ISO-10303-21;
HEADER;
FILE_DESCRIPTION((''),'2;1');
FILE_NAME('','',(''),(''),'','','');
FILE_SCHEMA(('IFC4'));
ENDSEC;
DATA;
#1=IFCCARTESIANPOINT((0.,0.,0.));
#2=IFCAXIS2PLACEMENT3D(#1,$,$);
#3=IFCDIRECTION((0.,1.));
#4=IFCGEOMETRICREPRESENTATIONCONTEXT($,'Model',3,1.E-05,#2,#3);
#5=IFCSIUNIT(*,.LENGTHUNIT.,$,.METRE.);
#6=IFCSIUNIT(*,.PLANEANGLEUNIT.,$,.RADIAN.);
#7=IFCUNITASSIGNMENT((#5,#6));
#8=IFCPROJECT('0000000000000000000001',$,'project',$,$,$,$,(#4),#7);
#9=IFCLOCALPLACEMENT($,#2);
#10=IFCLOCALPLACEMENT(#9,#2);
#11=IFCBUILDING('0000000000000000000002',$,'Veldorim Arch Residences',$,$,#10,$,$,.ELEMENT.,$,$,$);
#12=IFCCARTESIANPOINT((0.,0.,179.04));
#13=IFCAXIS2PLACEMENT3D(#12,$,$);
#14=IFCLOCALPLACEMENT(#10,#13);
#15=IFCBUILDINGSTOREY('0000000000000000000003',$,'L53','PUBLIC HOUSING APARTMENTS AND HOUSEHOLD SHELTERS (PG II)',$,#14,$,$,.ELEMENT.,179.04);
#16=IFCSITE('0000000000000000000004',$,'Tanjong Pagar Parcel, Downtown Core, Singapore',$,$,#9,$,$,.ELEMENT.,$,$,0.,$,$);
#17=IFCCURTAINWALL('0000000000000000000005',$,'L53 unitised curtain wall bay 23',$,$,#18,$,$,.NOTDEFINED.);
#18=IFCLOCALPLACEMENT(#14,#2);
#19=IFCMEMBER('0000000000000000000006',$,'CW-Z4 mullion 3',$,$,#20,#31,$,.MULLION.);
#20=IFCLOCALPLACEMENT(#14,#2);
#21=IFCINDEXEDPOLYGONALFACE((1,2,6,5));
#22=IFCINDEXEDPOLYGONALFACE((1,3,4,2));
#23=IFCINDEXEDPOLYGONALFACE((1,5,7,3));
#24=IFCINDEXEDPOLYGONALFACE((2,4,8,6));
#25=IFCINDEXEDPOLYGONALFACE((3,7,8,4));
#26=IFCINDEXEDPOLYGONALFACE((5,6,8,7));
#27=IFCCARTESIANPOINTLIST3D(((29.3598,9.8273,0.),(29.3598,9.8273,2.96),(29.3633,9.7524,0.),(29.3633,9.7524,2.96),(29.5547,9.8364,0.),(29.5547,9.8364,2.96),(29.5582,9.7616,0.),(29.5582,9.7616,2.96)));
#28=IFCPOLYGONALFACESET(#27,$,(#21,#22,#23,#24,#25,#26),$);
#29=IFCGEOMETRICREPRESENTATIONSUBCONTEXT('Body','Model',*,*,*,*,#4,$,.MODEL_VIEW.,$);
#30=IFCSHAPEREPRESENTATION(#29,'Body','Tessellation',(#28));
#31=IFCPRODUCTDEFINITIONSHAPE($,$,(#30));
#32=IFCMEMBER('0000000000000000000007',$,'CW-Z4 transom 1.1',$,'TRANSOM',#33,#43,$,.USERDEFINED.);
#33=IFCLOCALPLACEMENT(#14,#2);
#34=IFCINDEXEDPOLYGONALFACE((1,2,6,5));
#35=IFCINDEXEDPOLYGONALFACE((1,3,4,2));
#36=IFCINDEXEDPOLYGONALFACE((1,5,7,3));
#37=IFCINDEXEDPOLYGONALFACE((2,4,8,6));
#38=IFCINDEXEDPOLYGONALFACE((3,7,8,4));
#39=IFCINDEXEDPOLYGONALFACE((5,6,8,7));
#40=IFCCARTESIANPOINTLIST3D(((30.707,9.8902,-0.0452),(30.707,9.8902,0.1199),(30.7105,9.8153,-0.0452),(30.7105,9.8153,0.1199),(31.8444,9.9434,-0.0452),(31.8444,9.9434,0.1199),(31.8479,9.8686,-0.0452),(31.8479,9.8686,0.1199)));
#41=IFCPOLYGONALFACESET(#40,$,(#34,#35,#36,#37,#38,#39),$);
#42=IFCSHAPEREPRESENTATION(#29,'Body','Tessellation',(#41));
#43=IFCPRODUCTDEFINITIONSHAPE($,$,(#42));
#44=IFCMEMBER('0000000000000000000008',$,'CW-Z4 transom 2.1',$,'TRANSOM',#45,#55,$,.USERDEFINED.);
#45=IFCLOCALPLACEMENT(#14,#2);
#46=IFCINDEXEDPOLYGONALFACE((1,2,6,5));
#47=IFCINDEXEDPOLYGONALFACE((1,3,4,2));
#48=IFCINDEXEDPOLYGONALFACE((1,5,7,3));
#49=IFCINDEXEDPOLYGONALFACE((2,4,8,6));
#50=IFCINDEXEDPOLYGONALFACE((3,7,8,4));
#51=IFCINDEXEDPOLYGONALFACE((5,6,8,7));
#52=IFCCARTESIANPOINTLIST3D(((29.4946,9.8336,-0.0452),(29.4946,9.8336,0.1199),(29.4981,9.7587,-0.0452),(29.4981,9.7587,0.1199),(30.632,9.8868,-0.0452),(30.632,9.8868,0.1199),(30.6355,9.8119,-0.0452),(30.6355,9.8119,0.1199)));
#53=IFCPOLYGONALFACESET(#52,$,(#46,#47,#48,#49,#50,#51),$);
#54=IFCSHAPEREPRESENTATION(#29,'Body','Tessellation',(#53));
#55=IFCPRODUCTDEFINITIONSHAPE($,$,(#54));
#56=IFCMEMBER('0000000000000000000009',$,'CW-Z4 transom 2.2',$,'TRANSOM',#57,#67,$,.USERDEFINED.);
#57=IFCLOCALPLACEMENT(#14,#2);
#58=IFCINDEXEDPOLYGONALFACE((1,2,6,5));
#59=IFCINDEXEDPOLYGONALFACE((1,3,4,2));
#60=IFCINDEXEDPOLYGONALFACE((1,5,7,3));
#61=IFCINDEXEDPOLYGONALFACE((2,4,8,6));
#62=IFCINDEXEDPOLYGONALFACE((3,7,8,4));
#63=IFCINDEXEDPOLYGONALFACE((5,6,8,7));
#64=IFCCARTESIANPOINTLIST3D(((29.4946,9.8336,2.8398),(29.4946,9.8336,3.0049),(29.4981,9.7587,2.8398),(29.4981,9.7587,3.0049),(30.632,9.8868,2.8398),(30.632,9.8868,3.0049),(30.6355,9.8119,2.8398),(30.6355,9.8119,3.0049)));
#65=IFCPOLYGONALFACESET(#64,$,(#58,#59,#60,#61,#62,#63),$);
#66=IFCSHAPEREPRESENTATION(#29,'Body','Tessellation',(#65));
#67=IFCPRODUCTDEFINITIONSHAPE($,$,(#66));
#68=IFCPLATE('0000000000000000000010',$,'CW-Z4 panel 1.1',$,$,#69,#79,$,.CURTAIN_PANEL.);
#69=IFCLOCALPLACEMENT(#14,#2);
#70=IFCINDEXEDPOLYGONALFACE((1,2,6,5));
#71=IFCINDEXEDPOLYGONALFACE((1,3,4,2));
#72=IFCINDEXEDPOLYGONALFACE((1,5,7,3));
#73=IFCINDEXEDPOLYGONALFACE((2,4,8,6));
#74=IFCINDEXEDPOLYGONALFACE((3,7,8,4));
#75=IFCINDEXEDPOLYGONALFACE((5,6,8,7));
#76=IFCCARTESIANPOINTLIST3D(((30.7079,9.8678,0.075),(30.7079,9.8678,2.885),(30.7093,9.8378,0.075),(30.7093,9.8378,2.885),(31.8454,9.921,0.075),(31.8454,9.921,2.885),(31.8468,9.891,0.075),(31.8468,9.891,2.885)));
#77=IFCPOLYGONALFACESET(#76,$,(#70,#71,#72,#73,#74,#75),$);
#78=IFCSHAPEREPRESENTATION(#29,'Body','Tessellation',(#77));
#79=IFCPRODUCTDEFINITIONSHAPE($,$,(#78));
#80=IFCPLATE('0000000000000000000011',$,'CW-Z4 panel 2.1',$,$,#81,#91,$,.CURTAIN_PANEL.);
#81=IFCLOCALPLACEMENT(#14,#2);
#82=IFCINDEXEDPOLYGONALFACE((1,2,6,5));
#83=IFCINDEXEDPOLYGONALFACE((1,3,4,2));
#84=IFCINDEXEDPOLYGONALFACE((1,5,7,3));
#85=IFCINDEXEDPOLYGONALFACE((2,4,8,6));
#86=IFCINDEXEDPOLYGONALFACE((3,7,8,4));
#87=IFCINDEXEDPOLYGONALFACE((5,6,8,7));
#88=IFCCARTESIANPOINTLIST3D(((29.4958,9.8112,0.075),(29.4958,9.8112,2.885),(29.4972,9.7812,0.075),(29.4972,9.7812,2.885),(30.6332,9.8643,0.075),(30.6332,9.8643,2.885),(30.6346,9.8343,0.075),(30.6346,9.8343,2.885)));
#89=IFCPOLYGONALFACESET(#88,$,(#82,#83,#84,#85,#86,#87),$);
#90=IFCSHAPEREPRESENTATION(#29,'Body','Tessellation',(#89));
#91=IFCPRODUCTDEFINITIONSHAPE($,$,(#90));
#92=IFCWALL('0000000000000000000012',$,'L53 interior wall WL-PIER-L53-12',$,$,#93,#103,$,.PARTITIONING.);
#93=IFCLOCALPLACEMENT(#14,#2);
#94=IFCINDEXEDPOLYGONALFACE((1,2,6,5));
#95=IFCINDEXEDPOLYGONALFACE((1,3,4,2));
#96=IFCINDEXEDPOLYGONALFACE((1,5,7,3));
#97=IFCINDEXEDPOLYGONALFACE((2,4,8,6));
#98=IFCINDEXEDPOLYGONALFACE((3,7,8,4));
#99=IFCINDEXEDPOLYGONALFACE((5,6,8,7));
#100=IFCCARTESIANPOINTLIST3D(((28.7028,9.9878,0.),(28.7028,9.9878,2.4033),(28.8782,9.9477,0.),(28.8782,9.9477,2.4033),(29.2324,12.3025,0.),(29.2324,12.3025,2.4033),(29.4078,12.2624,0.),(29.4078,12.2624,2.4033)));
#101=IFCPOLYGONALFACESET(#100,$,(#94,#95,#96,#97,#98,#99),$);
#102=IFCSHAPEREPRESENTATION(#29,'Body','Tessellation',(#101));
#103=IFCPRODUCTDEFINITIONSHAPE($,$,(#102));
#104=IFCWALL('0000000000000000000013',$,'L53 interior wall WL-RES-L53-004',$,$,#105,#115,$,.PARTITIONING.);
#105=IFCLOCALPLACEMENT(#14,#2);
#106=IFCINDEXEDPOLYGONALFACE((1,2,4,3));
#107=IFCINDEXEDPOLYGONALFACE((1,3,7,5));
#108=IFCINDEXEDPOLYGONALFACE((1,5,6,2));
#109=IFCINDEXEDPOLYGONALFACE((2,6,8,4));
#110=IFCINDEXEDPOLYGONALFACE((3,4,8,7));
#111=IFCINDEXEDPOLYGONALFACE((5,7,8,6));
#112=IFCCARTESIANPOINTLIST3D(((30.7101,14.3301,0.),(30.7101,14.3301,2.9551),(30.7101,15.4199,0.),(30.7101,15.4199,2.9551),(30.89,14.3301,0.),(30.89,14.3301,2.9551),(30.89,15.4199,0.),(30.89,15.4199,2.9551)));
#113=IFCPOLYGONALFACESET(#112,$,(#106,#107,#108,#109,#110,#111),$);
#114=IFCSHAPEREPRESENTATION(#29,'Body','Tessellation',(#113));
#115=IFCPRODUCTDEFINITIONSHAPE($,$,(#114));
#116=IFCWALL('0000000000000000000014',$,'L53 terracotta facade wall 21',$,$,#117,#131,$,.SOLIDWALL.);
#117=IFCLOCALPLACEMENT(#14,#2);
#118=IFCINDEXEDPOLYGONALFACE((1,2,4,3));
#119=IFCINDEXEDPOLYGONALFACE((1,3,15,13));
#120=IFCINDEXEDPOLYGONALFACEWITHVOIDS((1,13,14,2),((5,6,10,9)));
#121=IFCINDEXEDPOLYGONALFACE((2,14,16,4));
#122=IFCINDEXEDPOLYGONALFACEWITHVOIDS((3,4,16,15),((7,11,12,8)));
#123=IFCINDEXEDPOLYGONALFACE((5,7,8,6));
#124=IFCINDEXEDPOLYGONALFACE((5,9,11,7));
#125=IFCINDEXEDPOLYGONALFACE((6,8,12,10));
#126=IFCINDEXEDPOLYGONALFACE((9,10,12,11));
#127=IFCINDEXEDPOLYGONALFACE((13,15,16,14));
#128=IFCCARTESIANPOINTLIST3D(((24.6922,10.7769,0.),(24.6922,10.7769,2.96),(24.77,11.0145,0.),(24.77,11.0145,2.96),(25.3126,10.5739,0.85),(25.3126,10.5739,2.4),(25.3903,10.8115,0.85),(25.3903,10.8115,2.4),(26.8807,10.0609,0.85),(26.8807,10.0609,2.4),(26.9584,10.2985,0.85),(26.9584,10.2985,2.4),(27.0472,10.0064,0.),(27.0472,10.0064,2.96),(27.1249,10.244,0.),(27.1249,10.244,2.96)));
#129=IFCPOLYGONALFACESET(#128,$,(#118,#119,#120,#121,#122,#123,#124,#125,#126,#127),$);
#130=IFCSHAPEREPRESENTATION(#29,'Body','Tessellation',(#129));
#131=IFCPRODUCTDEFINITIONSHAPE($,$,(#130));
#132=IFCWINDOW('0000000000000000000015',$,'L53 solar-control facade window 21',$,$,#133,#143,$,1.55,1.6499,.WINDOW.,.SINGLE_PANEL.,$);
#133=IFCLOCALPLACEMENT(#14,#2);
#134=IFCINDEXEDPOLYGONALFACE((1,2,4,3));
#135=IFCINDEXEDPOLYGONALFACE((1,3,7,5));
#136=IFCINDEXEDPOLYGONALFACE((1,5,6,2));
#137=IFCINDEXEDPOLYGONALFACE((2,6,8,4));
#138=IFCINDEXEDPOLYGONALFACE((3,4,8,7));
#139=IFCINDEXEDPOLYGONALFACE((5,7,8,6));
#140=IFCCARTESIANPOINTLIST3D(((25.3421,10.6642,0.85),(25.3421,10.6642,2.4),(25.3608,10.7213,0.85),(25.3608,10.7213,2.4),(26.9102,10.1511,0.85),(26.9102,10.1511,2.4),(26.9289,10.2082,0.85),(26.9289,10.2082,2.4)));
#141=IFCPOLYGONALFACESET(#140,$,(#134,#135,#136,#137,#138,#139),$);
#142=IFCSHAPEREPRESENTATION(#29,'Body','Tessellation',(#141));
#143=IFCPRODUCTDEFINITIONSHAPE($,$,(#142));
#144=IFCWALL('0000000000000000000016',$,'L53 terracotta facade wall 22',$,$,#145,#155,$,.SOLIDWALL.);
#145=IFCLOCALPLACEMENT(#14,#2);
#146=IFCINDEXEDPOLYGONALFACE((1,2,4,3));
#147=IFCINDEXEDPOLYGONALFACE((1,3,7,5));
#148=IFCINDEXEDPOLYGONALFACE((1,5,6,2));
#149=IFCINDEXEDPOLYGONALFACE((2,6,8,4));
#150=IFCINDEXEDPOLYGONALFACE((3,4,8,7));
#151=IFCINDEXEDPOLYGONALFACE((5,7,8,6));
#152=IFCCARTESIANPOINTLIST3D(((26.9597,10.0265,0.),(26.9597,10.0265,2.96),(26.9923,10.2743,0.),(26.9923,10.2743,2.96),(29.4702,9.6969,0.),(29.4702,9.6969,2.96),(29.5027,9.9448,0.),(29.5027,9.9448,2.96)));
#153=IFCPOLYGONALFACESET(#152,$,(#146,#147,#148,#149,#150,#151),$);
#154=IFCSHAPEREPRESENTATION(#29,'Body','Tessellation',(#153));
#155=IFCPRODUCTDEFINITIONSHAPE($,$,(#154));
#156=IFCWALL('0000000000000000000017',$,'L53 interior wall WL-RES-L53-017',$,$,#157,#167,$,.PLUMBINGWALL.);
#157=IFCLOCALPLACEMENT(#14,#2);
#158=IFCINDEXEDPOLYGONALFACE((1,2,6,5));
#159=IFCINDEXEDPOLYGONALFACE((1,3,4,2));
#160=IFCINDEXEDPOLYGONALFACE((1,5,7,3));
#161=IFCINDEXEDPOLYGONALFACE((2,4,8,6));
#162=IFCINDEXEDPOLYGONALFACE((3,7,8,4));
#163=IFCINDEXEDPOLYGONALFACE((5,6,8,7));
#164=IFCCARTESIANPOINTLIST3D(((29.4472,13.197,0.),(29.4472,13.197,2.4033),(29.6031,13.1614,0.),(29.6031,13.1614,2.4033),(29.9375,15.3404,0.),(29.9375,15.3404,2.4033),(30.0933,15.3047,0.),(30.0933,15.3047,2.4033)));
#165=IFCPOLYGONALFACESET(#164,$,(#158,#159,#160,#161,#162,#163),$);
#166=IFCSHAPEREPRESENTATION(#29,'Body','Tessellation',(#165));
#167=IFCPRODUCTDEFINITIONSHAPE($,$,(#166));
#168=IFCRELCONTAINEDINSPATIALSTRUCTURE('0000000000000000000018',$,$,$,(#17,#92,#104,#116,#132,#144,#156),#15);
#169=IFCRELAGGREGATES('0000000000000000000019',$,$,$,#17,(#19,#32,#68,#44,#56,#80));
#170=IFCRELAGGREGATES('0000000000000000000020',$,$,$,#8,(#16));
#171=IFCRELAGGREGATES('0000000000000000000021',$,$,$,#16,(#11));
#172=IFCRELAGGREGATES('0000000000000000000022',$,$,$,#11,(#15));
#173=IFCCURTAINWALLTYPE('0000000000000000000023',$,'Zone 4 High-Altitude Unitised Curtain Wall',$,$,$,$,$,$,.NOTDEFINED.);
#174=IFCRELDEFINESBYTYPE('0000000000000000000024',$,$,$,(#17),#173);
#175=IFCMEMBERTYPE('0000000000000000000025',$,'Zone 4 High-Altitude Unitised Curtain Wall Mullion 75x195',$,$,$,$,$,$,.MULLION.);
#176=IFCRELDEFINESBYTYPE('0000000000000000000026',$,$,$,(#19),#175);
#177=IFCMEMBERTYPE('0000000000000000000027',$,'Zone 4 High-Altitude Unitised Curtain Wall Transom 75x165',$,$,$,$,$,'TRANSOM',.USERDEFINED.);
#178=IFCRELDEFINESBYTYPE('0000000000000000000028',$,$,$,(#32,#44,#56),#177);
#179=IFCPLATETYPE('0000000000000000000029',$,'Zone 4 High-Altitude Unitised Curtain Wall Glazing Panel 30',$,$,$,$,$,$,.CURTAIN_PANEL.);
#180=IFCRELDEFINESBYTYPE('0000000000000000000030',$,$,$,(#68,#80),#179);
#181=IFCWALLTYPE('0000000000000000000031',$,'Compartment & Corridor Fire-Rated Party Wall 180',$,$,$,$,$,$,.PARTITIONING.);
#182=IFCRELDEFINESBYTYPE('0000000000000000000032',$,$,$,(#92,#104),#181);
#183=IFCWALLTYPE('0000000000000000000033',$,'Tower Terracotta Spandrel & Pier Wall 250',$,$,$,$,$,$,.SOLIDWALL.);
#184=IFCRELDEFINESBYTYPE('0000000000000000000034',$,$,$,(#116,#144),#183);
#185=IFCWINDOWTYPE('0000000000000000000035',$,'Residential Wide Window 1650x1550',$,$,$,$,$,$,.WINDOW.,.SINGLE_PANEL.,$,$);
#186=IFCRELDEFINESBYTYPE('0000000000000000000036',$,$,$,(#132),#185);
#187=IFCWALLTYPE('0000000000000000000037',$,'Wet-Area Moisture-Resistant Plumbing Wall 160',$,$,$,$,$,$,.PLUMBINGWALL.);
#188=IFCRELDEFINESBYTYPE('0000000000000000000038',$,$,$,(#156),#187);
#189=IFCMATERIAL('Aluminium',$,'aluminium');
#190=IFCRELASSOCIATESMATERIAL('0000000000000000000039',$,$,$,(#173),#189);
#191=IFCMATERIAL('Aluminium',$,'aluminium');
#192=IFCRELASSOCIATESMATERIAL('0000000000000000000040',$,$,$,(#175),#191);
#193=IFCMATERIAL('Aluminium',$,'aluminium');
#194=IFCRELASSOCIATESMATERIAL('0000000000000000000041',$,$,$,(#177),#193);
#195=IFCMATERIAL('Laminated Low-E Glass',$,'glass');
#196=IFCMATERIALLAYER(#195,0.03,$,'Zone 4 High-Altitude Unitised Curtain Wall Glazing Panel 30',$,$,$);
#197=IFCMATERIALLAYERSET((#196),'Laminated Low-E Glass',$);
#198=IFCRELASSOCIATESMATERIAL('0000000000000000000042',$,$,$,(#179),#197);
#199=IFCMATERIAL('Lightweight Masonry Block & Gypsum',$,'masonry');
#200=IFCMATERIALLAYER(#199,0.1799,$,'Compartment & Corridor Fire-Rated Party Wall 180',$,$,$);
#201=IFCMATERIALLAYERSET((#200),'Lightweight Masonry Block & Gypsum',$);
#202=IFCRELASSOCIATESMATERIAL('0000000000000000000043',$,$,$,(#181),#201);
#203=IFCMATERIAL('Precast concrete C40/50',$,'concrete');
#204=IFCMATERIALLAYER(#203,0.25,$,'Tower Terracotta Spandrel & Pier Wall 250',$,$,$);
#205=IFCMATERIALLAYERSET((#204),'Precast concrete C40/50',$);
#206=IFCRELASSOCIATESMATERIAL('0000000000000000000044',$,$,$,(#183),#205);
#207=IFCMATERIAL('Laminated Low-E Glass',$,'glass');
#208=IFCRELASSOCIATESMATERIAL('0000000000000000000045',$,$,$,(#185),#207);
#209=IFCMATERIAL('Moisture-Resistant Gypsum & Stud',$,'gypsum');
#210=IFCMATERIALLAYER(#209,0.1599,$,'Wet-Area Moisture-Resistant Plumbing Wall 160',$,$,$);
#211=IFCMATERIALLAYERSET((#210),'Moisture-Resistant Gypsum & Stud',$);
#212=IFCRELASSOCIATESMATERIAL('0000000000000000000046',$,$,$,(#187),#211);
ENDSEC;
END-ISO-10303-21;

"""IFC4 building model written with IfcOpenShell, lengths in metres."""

from ifc_helpers import new_model, si_unit, direction, frame, frame_2d, origin, origin_2d, place, context, subcontext, project, spatial, rectangle, extrude, material, layer, layer_set, material_profile, profile_set, type_object, element, fill, aggregate, save


model = new_model("IFC4")

# Units and contexts
model_context = context("Model", 3, precision=1e-05, world=origin(), true_north=direction((0.0, 1.0)))
body_context = subcontext(model_context, "Body", "Model", "MODEL_VIEW")
ifc_project = project(units=[si_unit("LENGTHUNIT", "METRE"), si_unit("PLANEANGLEUNIT", "RADIAN")], contexts=[model_context])

# Site, building, storey
site_placement = place(None, origin())
site = spatial("IfcSite", under=ifc_project, at=site_placement, Name="Tanjong Pagar Parcel, Downtown Core, Singapore", CompositionType="ELEMENT", RefElevation=0.0)
building_placement = place(site_placement, origin())
building = spatial("IfcBuilding", under=site, at=building_placement, Name="Veldorim Arch Residences", CompositionType="ELEMENT")
storey_placement = place(building_placement, frame((0.0, 0.0, 179.04)))
storey = spatial("IfcBuildingStorey", under=building, at=storey_placement, Name="L53", Description="PUBLIC HOUSING APARTMENTS AND HOUSEHOLD SHELTERS (PG II)", CompositionType="ELEMENT", Elevation=179.04)

# Shared definitions
ifc_material_1 = material(Name="Aluminium", Category="aluminium")
curtain_wall_type = type_object("IfcCurtainWallType", Name="Zone 4 High-Altitude Unitised Curtain Wall", PredefinedType="NOTDEFINED", material=ifc_material_1)
ifc_material_2 = material(Name="Aluminium", Category="aluminium")
ifc_material_profile_1 = material_profile(ifc_material_2, rectangle(XDim=0.075, YDim=0.1951, at=origin_2d()), Name="ALU_MUL_75x195")
ifc_profile_set_1 = profile_set([ifc_material_profile_1], Name="Aluminium")
member_type_1 = type_object("IfcMemberType", Name="Zone 4 High-Altitude Unitised Curtain Wall Mullion 75x195", PredefinedType="MULLION", material=ifc_profile_set_1)

# Curtain wall, members, plates
curtain_wall_1_placement = place(storey_placement, origin())
curtain_wall_1 = element("IfcCurtainWall", 1, at=curtain_wall_1_placement, inside=storey, type_object=curtain_wall_type, Name="L53 unitised curtain wall bay 23", PredefinedType="NOTDEFINED")
member_1_placement = place(storey_placement, frame((29.459, 9.7944, 0.0), z_axis=(0.0, 0.0, 1.0), x_axis=(0.046678, -0.99891, 0.0)))
member_1 = element("IfcMember", 2, at=member_1_placement, type_object=member_type_1, Name="CW-Z4 mullion 3", PredefinedType="MULLION", context=body_context, shape_type="SweptSolid", body=[
    extrude(rectangle(XDim=0.075, YDim=0.1951, at=origin_2d()), origin(), (0.0, 0.0, 1.0), 2.96),
])
ifc_material_3 = material(Name="Aluminium", Category="aluminium")
ifc_material_profile_2 = material_profile(ifc_material_3, rectangle(XDim=0.075, YDim=0.165, at=origin_2d()), Name="ALU_TRN_75x165")
ifc_profile_set_2 = profile_set([ifc_material_profile_2], Name="Aluminium")
member_type_2 = type_object("IfcMemberType", Name="Zone 4 High-Altitude Unitised Curtain Wall Transom 75x165", ElementType="TRANSOM", PredefinedType="USERDEFINED", material=ifc_profile_set_2)
member_2_placement = place(storey_placement, frame((31.8462, 9.906, 0.0374), z_axis=(-0.998907, -0.04674, 0.0), x_axis=(0.04674, -0.998907, 0.0)))
member_2 = element("IfcMember", 3, at=member_2_placement, type_object=member_type_2, Name="CW-Z4 transom 1.1", ObjectType="TRANSOM", PredefinedType="USERDEFINED", context=body_context, shape_type="SweptSolid", body=[
    extrude(rectangle(XDim=0.075, YDim=0.165, at=origin_2d()), origin(), (0.0, 0.0, 1.0), 1.1387),
])
member_3_placement = place(storey_placement, frame((30.6338, 9.8494, 0.0374), z_axis=(-0.998907, -0.04674, 0.0), x_axis=(0.04674, -0.998907, 0.0)))
member_3 = element("IfcMember", 4, at=member_3_placement, type_object=member_type_2, Name="CW-Z4 transom 2.1", ObjectType="TRANSOM", PredefinedType="USERDEFINED", context=body_context, shape_type="SweptSolid", body=[
    extrude(rectangle(XDim=0.075, YDim=0.165, at=origin_2d()), origin(), (0.0, 0.0, 1.0), 1.1387),
])
member_4_placement = place(storey_placement, frame((30.6338, 9.8494, 2.9224), z_axis=(-0.998907, -0.04674, 0.0), x_axis=(0.04674, -0.998907, 0.0)))
member_4 = element("IfcMember", 5, at=member_4_placement, type_object=member_type_2, Name="CW-Z4 transom 2.2", ObjectType="TRANSOM", PredefinedType="USERDEFINED", context=body_context, shape_type="SweptSolid", body=[
    extrude(rectangle(XDim=0.075, YDim=0.165, at=origin_2d()), origin(), (0.0, 0.0, 1.0), 1.1387),
])
ifc_material_4 = material(Name="Laminated Low-E Glass", Category="glass")
ifc_layer_1 = layer(ifc_material_4, 0.03, Name="Zone 4 High-Altitude Unitised Curtain Wall Glazing Panel 30")
ifc_layer_set_1 = layer_set([ifc_layer_1], Name="Laminated Low-E Glass")
plate_type = type_object("IfcPlateType", Name="Zone 4 High-Altitude Unitised Curtain Wall Glazing Panel 30", PredefinedType="CURTAIN_PANEL", material=ifc_layer_set_1)
plate_1_placement = place(storey_placement, frame((31.2773, 9.8794, 0.075), z_axis=(0.0, 0.0, 1.0), x_axis=(-0.99891, -0.046678, 0.0)))
plate_1 = element("IfcPlate", 6, at=plate_1_placement, type_object=plate_type, Name="CW-Z4 panel 1.1", PredefinedType="CURTAIN_PANEL", context=body_context, shape_type="SweptSolid", body=[
    extrude(rectangle(XDim=1.1387, YDim=0.03, at=origin_2d()), origin(), (0.0, 0.0, 1.0), 2.8101),
])
plate_2_placement = place(storey_placement, frame((30.0652, 9.8228, 0.075), z_axis=(0.0, 0.0, 1.0), x_axis=(-0.99891, -0.046678, 0.0)))
plate_2 = element("IfcPlate", 7, at=plate_2_placement, type_object=plate_type, Name="CW-Z4 panel 2.1", PredefinedType="CURTAIN_PANEL", context=body_context, shape_type="SweptSolid", body=[
    extrude(rectangle(XDim=1.1387, YDim=0.03, at=origin_2d()), origin(), (0.0, 0.0, 1.0), 2.8101),
])
aggregate(curtain_wall_1, [member_1, member_2, plate_1, member_3, member_4, plate_2])

# Walls
ifc_material_5 = material(Name="Lightweight Masonry Block & Gypsum", Category="masonry")
ifc_layer_2 = layer(ifc_material_5, 0.1799, Name="Compartment & Corridor Fire-Rated Party Wall 180")
ifc_layer_set_2 = layer_set([ifc_layer_2], Name="Lightweight Masonry Block & Gypsum")
wall_type_1 = type_object("IfcWallType", Name="Compartment & Corridor Fire-Rated Party Wall 180", PredefinedType="PARTITIONING", material=ifc_layer_set_2)
wall_1_placement = place(storey_placement, frame((29.3201, 12.2825, 0.0), z_axis=(0.0, 0.0, 1.0), x_axis=(-0.223012, -0.974816, 0.0)))
element("IfcWall", 8, at=wall_1_placement, inside=storey, type_object=wall_type_1, Name="L53 interior wall WL-PIER-L53-12", PredefinedType="PARTITIONING", context=body_context, shape_type="SweptSolid", body=[
    extrude(rectangle(XDim=2.3745, YDim=0.1799, at=frame_2d((1.1873, 0.0))), origin(), (0.0, 0.0, 1.0), 2.4033),
])
wall_2_placement = place(storey_placement, frame((30.8, 14.3301, 0.0), z_axis=(0.0, 0.0, 1.0), x_axis=(0.0, 1.0, 0.0)))
element("IfcWall", 9, at=wall_2_placement, inside=storey, type_object=wall_type_1, Name="L53 interior wall WL-RES-L53-004", PredefinedType="PARTITIONING", context=body_context, shape_type="SweptSolid", body=[
    extrude(rectangle(XDim=1.0898, YDim=0.1799, at=frame_2d((0.5449, 0.0))), origin(), (0.0, 0.0, 1.0), 2.9551),
])

# Wall, opening, window
ifc_material_6 = material(Name="Precast concrete C40/50", Category="concrete")
ifc_layer_3 = layer(ifc_material_6, 0.25, Name="Tower Terracotta Spandrel & Pier Wall 250")
ifc_layer_set_3 = layer_set([ifc_layer_3], Name="Precast concrete C40/50")
wall_type_2 = type_object("IfcWallType", Name="Tower Terracotta Spandrel & Pier Wall 250", PredefinedType="SOLIDWALL", material=ifc_layer_set_3)
wall_3_placement = place(storey_placement, frame((27.0859, 10.1252, 0.0), z_axis=(0.0, 0.0, 1.0), x_axis=(-0.950423, 0.310961, 0.0)))
wall_3 = element("IfcWall", 10, at=wall_3_placement, inside=storey, type_object=wall_type_2, Name="L53 terracotta facade wall 21", PredefinedType="SOLIDWALL", context=body_context, shape_type="SweptSolid", body=[
    extrude(rectangle(XDim=2.4778, YDim=0.25, at=frame_2d((1.2388, 0.0))), origin(), (0.0, 0.0, 1.0), 2.96),
])
opening_placement = place(wall_3_placement, frame((0.175, 0.0, 0.8501)))
opening = element("IfcOpeningElement", 11, at=opening_placement, cuts=wall_3, PredefinedType="OPENING", context=body_context, shape_type="SweptSolid", body=[
    extrude(rectangle(XDim=1.6499, YDim=1.55, at=frame_2d((0.825, 0.7749))), frame((0.0, 0.135, 0.0), z_axis=(0.0, -1.0, 0.0), x_axis=(1.0, 0.0, 0.0)), (0.0, 0.0, 1.0), 0.27),
])
ifc_material_7 = material(Name="Laminated Low-E Glass", Category="glass")
window_type = type_object("IfcWindowType", Name="Residential Wide Window 1650x1550", PartitioningType="SINGLE_PANEL", PredefinedType="WINDOW", material=ifc_material_7)
window_placement = place(opening_placement, origin())
window = element("IfcWindow", 12, at=window_placement, inside=storey, type_object=window_type, Name="L53 solar-control facade window 21", OverallHeight=1.55, OverallWidth=1.6499, PartitioningType="SINGLE_PANEL", PredefinedType="WINDOW", context=body_context, shape_type="SweptSolid", body=[
    extrude(rectangle(XDim=1.6499, YDim=1.55, at=frame_2d((0.825, 0.7749))), frame((0.0, 0.03, 0.0), z_axis=(0.0, -1.0, 0.0), x_axis=(1.0, 0.0, 0.0)), (0.0, 0.0, 1.0), 0.0601),
])
fill(opening, window)

# Walls
wall_4_placement = place(storey_placement, frame((29.4866, 9.8208, 0.0), z_axis=(0.0, 0.0, 1.0), x_axis=(-0.991492, 0.130168, 0.0)))
element("IfcWall", 13, at=wall_4_placement, inside=storey, type_object=wall_type_2, Name="L53 terracotta facade wall 22", PredefinedType="SOLIDWALL", context=body_context, shape_type="SweptSolid", body=[
    extrude(rectangle(XDim=2.532, YDim=0.25, at=frame_2d((1.2661, 0.0))), origin(), (0.0, 0.0, 1.0), 2.96),
])
ifc_material_8 = material(Name="Moisture-Resistant Gypsum & Stud", Category="gypsum")
ifc_layer_4 = layer(ifc_material_8, 0.1599, Name="Wet-Area Moisture-Resistant Plumbing Wall 160")
ifc_layer_set_4 = layer_set([ifc_layer_4], Name="Moisture-Resistant Gypsum & Stud")
wall_type_3 = type_object("IfcWallType", Name="Wet-Area Moisture-Resistant Plumbing Wall 160", PredefinedType="PLUMBINGWALL", material=ifc_layer_set_4)
wall_5_placement = place(storey_placement, frame((29.5251, 13.1792, 0.0), z_axis=(0.0, 0.0, 1.0), x_axis=(0.22297, 0.974825, 0.0)))
element("IfcWall", 14, at=wall_5_placement, inside=storey, type_object=wall_type_3, Name="L53 interior wall WL-RES-L53-017", PredefinedType="PLUMBINGWALL", context=body_context, shape_type="SweptSolid", body=[
    extrude(rectangle(XDim=2.1987, YDim=0.1599, at=frame_2d((1.0994, 0.0))), origin(), (0.0, 0.0, 1.0), 2.4033),
])

save(model, "model.ifc")
